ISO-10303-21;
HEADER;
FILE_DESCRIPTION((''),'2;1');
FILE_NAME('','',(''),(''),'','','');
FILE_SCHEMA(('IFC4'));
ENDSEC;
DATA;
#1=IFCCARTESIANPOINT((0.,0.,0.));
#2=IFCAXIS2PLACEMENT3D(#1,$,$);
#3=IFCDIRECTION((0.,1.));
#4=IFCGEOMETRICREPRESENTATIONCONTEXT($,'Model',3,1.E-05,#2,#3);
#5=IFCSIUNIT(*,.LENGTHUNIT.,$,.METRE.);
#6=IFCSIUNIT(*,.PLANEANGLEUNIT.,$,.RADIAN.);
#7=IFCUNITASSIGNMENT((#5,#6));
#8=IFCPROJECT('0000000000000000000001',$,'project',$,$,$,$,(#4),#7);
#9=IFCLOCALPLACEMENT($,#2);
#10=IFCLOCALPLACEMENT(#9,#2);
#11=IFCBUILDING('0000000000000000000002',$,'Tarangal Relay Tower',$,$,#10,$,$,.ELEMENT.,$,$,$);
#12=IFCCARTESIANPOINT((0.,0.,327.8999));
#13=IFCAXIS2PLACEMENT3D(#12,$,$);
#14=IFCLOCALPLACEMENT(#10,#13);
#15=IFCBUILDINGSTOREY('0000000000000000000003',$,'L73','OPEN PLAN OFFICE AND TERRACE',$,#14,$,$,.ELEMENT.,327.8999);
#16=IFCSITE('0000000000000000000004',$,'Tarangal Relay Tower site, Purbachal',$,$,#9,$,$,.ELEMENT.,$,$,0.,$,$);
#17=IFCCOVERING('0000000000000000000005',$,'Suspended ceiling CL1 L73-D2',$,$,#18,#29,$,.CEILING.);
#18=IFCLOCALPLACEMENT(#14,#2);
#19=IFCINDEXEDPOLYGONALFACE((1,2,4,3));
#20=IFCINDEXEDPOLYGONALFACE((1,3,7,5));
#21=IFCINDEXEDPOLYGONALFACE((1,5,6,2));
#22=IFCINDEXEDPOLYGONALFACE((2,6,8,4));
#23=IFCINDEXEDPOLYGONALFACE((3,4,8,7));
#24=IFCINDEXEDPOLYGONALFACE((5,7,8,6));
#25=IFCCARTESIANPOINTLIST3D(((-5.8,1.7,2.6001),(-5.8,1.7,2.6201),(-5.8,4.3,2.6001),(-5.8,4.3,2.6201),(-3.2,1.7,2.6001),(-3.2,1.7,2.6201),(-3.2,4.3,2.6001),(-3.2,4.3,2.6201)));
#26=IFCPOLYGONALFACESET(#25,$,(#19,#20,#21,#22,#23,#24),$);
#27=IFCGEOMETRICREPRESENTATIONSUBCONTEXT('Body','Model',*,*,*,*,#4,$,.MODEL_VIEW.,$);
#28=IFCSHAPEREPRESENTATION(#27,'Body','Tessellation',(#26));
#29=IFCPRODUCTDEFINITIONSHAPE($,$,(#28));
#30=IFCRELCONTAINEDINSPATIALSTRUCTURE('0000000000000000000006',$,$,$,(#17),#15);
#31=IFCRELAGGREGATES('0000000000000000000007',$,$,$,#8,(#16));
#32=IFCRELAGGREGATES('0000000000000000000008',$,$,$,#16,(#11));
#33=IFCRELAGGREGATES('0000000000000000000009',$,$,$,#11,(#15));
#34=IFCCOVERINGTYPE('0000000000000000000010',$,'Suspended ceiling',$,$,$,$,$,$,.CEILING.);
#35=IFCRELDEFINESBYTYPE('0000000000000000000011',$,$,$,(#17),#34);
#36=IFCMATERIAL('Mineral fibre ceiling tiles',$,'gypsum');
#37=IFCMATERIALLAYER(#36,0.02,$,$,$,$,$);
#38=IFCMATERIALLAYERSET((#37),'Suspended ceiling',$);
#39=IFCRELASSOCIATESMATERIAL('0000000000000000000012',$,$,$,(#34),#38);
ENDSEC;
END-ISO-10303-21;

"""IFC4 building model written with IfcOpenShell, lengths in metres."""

from ifc_helpers import new_model, si_unit, direction, frame, origin, place, context, subcontext, project, spatial, polyline, outline, extrude, material, layer, layer_set, type_object, element, save


model = new_model("IFC4")

# Units and contexts
model_context = context("Model", 3, precision=1e-05, world=origin(), true_north=direction((0.0, 1.0)))
body_context = subcontext(model_context, "Body", "Model", "MODEL_VIEW")
ifc_project = project(units=[si_unit("LENGTHUNIT", "METRE"), si_unit("PLANEANGLEUNIT", "RADIAN")], contexts=[model_context])

# Site, building, storey
site_placement = place(None, origin())
site = spatial("IfcSite", under=ifc_project, at=site_placement, Name="Tarangal Relay Tower site, Purbachal", CompositionType="ELEMENT", RefElevation=0.0)
building_placement = place(site_placement, origin())
building = spatial("IfcBuilding", under=site, at=building_placement, Name="Tarangal Relay Tower", CompositionType="ELEMENT")
storey_placement = place(building_placement, frame((0.0, 0.0, 327.8999)))
storey = spatial("IfcBuildingStorey", under=building, at=storey_placement, Name="L73", Description="OPEN PLAN OFFICE AND TERRACE", CompositionType="ELEMENT", Elevation=327.8999)

# Covering
ifc_material_1 = material(Name="Mineral fibre ceiling tiles", Category="gypsum")
ifc_layer_1 = layer(ifc_material_1, 0.02)
ifc_layer_set_1 = layer_set([ifc_layer_1], Name="Suspended ceiling")
covering_type_1 = type_object("IfcCoveringType", Name="Suspended ceiling", PredefinedType="CEILING", material=ifc_layer_set_1)
covering_1_placement = place(storey_placement, frame((0.0, 0.0, 2.6001)))
element("IfcCovering", 1, at=covering_1_placement, inside=storey, type_object=covering_type_1, Name="Suspended ceiling CL1 L73-D2", PredefinedType="CEILING", context=body_context, shape_type="SweptSolid", body=[
    extrude(outline(polyline([(-5.8, 1.7), (-3.2, 1.7), (-3.2, 4.3), (-5.8, 4.3), (-5.8, 1.7)])), origin(), (0.0, 0.0, 1.0), 0.02),
])

save(model, "model.ifc")
